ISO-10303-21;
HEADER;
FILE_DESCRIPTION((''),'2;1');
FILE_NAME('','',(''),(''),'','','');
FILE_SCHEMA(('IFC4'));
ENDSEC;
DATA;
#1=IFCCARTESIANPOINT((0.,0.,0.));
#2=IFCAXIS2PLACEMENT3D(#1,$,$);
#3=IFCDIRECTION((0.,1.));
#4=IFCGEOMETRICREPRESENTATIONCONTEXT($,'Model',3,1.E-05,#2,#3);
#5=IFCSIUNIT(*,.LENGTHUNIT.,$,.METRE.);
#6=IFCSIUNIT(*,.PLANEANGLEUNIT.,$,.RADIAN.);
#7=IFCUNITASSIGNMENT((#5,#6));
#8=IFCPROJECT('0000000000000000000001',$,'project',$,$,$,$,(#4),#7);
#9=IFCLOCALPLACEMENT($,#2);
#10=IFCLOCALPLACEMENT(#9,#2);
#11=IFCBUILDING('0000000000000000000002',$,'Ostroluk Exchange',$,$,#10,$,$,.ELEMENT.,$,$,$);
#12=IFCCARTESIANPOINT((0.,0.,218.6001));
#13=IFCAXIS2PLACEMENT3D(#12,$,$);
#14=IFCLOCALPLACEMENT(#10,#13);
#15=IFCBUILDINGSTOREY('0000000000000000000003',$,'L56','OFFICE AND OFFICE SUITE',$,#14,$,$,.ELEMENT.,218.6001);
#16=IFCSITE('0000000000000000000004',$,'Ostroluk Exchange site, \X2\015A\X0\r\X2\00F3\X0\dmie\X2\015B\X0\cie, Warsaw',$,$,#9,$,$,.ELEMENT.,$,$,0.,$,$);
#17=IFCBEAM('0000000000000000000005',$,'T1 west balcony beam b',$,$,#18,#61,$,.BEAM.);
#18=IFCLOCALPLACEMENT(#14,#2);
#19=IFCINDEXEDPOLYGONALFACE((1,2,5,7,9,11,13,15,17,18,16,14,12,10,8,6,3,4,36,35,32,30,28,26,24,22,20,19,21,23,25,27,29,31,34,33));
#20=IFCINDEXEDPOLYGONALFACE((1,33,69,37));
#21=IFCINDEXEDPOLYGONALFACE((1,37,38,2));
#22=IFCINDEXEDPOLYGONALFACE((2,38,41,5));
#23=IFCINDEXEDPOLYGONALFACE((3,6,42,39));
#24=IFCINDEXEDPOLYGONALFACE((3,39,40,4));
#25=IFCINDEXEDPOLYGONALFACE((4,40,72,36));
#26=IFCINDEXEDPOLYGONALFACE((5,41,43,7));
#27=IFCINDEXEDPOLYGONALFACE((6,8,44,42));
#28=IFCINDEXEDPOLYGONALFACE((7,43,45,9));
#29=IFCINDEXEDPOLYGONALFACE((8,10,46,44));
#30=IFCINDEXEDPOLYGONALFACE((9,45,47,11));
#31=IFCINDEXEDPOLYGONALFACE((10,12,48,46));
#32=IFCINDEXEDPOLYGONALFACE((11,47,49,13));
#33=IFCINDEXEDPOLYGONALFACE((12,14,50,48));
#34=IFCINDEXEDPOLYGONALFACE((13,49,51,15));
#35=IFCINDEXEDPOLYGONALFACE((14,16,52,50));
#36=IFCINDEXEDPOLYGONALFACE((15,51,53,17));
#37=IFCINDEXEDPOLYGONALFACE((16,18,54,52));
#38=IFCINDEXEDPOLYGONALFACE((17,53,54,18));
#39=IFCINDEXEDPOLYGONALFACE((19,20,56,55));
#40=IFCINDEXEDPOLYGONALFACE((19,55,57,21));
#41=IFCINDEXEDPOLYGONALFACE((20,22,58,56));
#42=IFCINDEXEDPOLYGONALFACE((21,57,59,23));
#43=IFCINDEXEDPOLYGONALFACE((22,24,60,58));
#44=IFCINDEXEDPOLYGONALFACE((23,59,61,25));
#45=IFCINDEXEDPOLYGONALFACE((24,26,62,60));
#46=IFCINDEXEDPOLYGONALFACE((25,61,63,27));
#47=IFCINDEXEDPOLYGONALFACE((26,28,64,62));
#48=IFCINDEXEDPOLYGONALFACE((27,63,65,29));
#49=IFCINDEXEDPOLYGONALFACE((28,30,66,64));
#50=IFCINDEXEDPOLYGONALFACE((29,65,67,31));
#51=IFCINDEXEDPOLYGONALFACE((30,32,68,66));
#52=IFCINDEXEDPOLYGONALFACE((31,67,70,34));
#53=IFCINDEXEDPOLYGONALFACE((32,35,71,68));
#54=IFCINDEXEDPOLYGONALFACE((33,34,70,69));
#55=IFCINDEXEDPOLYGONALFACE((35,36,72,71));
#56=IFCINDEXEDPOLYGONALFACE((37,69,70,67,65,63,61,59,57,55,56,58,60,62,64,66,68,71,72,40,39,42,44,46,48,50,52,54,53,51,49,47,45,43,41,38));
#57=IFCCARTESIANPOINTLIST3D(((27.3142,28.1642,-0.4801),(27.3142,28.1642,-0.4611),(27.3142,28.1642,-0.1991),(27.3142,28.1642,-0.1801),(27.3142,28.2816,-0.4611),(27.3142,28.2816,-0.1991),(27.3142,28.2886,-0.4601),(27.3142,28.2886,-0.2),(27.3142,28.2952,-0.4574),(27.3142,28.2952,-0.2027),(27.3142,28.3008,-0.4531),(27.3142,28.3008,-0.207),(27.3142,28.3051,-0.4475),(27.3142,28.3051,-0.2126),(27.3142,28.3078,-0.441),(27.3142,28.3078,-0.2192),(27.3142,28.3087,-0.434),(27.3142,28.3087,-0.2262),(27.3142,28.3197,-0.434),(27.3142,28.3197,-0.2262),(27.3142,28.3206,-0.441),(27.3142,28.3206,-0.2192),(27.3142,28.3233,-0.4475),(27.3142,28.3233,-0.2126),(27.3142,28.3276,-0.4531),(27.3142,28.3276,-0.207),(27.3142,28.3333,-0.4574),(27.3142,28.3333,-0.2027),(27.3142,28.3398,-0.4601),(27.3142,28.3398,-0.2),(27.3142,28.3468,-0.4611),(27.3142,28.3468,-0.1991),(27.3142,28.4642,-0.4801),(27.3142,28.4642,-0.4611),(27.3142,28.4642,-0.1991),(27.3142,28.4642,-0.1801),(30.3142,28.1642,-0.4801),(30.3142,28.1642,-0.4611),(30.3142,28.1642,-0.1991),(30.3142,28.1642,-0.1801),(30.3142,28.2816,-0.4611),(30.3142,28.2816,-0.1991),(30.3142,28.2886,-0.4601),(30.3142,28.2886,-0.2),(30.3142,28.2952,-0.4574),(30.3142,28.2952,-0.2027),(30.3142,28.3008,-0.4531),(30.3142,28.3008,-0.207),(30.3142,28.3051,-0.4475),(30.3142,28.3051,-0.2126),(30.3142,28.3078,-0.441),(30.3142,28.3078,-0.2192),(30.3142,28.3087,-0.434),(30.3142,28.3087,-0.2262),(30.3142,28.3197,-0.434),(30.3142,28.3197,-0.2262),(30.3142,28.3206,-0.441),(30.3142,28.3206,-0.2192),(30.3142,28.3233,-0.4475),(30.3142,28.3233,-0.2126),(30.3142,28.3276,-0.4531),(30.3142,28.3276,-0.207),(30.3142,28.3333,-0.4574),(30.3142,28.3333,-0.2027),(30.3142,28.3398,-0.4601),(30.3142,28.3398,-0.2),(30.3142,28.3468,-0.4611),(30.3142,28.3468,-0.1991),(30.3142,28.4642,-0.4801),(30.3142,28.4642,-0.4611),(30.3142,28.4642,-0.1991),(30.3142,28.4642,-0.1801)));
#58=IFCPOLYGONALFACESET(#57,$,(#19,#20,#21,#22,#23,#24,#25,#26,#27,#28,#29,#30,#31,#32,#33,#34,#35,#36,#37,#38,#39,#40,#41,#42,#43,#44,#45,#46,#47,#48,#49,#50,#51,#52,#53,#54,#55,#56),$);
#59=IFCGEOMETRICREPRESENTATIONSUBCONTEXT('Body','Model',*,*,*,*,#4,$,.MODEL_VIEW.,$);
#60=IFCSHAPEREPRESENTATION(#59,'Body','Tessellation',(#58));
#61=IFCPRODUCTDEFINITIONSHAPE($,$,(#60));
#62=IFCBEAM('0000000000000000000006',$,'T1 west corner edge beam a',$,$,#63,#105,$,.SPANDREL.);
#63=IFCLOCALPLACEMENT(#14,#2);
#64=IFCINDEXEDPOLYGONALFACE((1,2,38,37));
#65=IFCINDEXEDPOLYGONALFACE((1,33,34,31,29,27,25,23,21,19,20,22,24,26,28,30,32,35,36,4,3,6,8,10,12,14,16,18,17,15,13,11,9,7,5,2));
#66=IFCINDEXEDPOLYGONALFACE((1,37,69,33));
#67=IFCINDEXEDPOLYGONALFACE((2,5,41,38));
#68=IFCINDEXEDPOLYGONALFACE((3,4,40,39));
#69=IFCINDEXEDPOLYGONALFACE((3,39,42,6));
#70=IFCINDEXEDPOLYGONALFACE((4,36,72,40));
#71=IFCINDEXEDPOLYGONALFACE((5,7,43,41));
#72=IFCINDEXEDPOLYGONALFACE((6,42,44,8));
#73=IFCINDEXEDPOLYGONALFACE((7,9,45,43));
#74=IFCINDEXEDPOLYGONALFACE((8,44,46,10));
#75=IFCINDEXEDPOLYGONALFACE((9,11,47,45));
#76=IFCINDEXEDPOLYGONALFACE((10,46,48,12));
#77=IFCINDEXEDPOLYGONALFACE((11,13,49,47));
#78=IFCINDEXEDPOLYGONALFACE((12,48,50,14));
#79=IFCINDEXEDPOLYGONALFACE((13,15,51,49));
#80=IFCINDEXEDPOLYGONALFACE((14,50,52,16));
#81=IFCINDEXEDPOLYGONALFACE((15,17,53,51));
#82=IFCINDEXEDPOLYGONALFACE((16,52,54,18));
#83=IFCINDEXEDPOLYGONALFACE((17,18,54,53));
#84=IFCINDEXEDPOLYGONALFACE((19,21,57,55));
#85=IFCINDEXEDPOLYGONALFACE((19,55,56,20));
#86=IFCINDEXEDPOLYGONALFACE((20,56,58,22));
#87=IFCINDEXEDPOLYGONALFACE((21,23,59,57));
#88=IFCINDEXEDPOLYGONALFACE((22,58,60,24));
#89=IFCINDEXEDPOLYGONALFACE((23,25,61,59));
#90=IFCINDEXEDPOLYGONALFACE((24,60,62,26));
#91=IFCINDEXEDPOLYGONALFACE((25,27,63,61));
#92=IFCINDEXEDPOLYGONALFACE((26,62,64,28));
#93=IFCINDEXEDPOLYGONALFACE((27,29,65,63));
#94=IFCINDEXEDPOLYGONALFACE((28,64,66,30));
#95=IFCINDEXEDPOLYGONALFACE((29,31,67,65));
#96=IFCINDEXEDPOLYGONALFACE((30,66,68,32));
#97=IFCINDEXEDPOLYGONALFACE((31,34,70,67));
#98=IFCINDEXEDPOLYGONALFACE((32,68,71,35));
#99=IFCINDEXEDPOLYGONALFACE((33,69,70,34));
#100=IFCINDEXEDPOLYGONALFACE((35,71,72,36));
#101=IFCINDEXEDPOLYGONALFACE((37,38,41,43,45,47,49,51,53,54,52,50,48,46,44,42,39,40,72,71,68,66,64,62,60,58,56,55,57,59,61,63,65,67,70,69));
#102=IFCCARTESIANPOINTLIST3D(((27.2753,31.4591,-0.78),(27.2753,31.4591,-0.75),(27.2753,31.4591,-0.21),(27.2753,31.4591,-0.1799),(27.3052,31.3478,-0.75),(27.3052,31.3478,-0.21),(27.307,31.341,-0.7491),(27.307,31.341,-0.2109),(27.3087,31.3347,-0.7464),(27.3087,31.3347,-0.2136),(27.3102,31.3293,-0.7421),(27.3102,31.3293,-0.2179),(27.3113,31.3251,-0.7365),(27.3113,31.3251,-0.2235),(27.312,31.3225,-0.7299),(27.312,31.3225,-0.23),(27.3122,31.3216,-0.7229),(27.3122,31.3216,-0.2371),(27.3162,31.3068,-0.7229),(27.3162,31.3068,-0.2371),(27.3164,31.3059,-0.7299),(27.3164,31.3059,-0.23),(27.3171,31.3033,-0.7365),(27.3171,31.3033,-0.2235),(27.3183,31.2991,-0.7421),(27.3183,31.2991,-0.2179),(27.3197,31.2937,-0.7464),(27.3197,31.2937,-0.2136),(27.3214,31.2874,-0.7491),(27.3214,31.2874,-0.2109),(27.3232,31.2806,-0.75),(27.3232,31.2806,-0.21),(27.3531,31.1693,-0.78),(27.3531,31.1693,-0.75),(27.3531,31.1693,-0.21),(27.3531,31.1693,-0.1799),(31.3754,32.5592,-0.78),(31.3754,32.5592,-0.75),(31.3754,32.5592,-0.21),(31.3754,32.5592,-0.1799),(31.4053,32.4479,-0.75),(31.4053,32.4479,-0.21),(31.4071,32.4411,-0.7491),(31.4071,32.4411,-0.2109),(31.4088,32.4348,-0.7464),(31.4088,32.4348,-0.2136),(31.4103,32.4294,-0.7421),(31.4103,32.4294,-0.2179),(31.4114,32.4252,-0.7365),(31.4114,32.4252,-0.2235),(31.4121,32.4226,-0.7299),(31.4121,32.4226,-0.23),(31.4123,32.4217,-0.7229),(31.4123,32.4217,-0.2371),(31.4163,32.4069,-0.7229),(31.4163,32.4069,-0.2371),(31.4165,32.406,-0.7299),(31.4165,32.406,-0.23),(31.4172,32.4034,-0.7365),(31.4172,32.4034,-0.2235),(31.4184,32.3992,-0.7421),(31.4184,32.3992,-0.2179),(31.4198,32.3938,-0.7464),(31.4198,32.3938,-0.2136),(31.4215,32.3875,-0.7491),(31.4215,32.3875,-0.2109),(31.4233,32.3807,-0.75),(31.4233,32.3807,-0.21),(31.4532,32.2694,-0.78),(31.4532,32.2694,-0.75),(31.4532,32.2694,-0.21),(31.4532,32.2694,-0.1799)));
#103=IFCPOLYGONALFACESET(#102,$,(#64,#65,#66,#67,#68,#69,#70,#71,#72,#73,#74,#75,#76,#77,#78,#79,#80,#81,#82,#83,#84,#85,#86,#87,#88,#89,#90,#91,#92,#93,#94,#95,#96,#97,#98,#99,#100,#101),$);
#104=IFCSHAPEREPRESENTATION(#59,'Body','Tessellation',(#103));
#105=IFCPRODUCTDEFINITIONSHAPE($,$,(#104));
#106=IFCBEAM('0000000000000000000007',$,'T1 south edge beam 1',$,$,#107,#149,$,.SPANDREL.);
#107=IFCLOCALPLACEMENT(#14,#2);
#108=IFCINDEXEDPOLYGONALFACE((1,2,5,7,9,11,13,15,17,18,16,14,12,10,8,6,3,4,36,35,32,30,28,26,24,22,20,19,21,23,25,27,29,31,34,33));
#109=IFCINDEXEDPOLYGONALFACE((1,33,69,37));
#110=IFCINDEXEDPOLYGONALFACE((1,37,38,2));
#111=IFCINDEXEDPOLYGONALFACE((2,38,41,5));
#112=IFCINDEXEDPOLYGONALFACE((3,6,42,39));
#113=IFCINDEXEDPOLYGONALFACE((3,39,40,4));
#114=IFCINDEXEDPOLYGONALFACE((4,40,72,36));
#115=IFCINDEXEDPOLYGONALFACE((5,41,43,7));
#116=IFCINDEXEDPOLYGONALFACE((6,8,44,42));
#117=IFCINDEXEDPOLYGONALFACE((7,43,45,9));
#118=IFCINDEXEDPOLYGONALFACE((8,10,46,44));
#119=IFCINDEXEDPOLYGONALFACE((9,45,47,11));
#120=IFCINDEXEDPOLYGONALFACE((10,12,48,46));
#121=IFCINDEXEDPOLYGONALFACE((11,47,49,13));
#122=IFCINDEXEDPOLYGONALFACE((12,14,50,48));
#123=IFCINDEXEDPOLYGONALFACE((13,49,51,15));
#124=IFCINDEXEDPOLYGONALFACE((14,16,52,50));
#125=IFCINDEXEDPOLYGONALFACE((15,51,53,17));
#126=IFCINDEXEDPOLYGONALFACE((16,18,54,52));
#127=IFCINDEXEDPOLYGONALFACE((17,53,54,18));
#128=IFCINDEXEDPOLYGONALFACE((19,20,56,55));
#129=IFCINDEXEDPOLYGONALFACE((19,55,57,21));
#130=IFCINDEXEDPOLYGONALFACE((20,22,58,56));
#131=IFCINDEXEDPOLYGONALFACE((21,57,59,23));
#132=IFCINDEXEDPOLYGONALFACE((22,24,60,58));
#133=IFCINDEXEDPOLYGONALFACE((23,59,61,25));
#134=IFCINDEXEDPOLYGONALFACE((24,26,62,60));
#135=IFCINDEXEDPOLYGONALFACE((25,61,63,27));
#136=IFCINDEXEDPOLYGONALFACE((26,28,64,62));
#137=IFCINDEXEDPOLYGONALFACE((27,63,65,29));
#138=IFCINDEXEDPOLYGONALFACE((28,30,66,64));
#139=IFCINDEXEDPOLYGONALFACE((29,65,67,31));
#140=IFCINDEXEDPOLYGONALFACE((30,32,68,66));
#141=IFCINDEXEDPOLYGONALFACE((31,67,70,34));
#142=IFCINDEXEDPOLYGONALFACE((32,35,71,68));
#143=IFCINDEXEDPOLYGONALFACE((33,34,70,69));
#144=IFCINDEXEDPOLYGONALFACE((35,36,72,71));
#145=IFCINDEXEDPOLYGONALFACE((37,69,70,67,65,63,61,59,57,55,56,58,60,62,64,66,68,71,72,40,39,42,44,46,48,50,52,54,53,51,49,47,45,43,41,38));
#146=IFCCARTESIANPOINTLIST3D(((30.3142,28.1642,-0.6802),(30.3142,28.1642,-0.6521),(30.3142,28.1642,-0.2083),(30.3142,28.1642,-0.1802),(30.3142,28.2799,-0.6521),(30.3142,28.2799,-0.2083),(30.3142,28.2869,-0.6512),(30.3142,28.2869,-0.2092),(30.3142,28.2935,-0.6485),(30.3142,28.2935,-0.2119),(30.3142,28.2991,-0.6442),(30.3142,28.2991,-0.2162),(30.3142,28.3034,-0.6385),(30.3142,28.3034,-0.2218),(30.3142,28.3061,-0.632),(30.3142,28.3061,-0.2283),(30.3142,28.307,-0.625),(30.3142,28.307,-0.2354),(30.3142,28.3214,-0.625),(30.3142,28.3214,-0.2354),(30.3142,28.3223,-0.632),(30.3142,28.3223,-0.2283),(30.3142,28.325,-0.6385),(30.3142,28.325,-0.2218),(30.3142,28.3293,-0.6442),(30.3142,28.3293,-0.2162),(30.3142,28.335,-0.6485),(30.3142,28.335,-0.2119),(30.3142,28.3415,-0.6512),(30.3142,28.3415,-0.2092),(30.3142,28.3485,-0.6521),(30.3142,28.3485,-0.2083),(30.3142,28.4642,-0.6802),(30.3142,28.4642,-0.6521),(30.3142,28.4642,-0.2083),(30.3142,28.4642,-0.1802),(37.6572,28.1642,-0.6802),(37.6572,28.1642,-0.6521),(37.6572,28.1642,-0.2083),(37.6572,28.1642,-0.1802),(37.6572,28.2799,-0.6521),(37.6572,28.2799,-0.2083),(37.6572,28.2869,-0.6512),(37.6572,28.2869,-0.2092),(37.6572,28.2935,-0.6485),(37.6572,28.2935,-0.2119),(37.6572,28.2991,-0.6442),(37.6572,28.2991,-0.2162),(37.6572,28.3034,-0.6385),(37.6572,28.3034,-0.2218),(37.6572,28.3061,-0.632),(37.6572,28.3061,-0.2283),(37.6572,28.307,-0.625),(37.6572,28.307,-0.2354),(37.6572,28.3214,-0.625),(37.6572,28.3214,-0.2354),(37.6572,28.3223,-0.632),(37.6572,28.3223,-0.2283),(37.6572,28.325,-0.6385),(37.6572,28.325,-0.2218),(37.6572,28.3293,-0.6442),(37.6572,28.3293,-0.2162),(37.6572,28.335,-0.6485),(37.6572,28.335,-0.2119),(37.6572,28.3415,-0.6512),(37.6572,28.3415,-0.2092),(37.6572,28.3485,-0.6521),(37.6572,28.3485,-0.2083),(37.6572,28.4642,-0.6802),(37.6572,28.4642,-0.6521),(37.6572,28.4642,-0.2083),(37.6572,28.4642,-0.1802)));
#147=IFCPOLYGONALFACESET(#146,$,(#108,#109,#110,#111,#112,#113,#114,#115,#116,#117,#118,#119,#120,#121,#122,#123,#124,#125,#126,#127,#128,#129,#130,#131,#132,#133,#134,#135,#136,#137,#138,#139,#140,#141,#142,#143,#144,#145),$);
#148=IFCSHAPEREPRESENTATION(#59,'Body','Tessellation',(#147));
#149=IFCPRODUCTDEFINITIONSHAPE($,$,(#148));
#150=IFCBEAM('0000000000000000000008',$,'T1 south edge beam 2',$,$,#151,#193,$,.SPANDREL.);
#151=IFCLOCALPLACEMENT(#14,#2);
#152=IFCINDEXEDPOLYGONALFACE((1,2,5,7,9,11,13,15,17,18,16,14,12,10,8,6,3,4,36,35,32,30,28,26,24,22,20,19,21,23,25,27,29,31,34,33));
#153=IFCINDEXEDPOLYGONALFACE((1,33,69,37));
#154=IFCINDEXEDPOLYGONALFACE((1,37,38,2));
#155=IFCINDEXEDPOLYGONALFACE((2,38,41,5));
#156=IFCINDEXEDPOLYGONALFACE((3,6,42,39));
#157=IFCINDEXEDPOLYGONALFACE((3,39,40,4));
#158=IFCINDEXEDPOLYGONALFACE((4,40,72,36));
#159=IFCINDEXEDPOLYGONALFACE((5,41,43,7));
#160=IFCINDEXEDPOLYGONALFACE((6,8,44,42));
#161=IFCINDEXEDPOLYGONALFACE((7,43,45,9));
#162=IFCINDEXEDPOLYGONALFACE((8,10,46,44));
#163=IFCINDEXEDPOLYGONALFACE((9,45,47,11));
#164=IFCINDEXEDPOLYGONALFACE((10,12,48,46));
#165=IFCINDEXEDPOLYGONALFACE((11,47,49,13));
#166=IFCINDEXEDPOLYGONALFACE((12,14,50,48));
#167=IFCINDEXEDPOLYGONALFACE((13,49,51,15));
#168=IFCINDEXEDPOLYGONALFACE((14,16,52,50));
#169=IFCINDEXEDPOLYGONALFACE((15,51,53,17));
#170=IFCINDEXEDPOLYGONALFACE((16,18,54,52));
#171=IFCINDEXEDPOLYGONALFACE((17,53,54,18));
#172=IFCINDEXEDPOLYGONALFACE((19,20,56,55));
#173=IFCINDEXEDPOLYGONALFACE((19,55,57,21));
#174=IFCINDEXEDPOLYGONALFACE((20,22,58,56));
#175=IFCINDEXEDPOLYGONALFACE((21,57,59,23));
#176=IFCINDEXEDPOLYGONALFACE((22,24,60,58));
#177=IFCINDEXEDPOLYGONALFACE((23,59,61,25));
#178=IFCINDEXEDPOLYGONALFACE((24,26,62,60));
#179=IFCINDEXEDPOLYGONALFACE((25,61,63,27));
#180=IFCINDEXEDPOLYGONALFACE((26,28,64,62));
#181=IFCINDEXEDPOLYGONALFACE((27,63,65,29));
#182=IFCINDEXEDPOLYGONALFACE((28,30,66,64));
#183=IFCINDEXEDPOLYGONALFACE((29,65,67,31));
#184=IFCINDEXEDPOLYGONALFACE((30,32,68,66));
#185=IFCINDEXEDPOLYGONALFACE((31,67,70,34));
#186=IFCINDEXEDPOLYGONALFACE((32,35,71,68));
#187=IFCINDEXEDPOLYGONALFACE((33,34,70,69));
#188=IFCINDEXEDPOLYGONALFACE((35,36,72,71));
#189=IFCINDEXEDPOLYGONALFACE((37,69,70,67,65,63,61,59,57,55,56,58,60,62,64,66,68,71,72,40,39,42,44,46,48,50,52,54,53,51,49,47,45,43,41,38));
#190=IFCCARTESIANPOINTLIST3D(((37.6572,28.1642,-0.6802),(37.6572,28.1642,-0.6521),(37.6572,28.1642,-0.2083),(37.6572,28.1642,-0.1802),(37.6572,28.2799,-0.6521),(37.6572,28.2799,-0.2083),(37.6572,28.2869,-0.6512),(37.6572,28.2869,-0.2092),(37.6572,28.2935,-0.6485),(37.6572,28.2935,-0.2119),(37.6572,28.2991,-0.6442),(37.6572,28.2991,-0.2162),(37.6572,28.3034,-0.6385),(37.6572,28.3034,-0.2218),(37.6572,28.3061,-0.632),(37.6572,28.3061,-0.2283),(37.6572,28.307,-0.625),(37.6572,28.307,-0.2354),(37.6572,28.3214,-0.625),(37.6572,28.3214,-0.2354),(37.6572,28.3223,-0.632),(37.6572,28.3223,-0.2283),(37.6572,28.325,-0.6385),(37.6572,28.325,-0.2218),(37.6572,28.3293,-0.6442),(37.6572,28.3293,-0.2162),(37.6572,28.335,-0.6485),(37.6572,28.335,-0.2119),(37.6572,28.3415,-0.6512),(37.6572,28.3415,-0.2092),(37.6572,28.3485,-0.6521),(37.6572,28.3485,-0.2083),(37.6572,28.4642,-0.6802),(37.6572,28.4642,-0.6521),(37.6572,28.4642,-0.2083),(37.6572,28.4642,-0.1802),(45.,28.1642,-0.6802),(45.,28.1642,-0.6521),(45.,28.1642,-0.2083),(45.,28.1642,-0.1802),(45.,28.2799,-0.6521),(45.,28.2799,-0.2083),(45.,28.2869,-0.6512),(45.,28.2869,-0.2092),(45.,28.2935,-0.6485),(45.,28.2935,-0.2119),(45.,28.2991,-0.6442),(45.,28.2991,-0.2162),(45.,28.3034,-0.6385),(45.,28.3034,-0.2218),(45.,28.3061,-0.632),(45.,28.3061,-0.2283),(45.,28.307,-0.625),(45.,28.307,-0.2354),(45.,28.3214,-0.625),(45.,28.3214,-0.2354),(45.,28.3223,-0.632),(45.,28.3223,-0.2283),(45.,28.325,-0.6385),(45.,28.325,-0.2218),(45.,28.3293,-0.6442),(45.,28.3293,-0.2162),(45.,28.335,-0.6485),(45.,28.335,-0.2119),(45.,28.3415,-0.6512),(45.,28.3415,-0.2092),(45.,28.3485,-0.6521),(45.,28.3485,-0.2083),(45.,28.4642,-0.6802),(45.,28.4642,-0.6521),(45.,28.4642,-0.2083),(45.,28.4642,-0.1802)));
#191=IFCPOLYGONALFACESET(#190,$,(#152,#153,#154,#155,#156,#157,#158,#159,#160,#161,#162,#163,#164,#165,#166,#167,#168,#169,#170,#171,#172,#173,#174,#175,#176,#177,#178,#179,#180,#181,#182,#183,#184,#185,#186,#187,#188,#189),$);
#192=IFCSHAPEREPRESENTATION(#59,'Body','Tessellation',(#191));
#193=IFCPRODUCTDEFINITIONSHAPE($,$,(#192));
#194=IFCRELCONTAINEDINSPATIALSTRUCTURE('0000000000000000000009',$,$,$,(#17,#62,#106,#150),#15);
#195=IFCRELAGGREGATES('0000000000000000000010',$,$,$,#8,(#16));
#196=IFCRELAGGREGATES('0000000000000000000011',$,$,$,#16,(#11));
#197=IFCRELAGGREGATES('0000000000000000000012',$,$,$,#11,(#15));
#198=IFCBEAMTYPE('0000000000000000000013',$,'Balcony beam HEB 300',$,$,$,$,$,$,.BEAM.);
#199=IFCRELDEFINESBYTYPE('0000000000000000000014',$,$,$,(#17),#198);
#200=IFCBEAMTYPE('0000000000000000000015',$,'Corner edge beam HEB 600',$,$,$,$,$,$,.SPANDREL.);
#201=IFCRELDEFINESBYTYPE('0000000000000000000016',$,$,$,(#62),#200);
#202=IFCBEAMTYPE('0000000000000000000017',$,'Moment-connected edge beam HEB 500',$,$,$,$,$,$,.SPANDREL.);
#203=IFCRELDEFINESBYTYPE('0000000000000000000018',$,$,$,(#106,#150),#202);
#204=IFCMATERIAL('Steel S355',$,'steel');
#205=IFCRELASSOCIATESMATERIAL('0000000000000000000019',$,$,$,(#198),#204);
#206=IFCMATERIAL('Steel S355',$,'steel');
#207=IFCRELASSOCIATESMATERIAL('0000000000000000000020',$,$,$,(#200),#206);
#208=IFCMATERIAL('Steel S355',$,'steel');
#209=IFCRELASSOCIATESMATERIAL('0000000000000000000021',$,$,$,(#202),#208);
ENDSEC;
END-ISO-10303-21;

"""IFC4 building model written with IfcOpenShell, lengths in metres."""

from ifc_helpers import new_model, si_unit, direction, frame, origin, origin_2d, place, context, subcontext, project, spatial, i_section, extrude, material, material_profile, profile_set, type_object, element, save


model = new_model("IFC4")

# Units and contexts
model_context = context("Model", 3, precision=1e-05, world=origin(), true_north=direction((0.0, 1.0)))
body_context = subcontext(model_context, "Body", "Model", "MODEL_VIEW")
ifc_project = project(units=[si_unit("LENGTHUNIT", "METRE"), si_unit("PLANEANGLEUNIT", "RADIAN")], contexts=[model_context])

# Site, building, storey
site_placement = place(None, origin())
site = spatial("IfcSite", under=ifc_project, at=site_placement, Name="Ostroluk Exchange site, Śródmieście, Warsaw", CompositionType="ELEMENT", RefElevation=0.0)
building_placement = place(site_placement, origin())
building = spatial("IfcBuilding", under=site, at=building_placement, Name="Ostroluk Exchange", CompositionType="ELEMENT")
storey_placement = place(building_placement, frame((0.0, 0.0, 218.6001)))
storey = spatial("IfcBuildingStorey", under=building, at=storey_placement, Name="L56", Description="OFFICE AND OFFICE SUITE", CompositionType="ELEMENT", Elevation=218.6001)

# Beams
ifc_material_1 = material(Name="Steel S355", Category="steel")
ifc_material_profile_1 = material_profile(ifc_material_1, i_section(OverallWidth=0.3, OverallDepth=0.3, WebThickness=0.011, FlangeThickness=0.019, FilletRadius=0.0271, at=origin_2d()), Name="HEB 300")
ifc_profile_set_1 = profile_set([ifc_material_profile_1], Name="Steel S355")
beam_type_1 = type_object("IfcBeamType", Name="Balcony beam HEB 300", PredefinedType="BEAM", material=ifc_profile_set_1)
beam_1_placement = place(storey_placement, frame((30.3142, 28.3142, -0.3301), z_axis=(-1.0, 0.0, 0.0), x_axis=(0.0, -1.0, 0.0)))
element("IfcBeam", 1, at=beam_1_placement, inside=storey, type_object=beam_type_1, Name="T1 west balcony beam b", PredefinedType="BEAM", context=body_context, shape_type="SweptSolid", body=[
    extrude(i_section(OverallWidth=0.3, OverallDepth=0.3, WebThickness=0.011, FlangeThickness=0.019, FilletRadius=0.0271, at=origin_2d()), origin(), (0.0, 0.0, 1.0), 3.0),
])
ifc_material_2 = material(Name="Steel S355", Category="steel")
ifc_material_profile_2 = material_profile(ifc_material_2, i_section(OverallWidth=0.3, OverallDepth=0.6001, WebThickness=0.0154, FlangeThickness=0.03, FilletRadius=0.0271, at=origin_2d()), Name="HEB 600")
ifc_profile_set_2 = profile_set([ifc_material_profile_2], Name="Steel S355")
beam_type_2 = type_object("IfcBeamType", Name="Corner edge beam HEB 600", PredefinedType="SPANDREL", material=ifc_profile_set_2)
beam_2_placement = place(storey_placement, frame((31.4143, 32.4143, -0.48), z_axis=(-0.965839, -0.259144, 0.0), x_axis=(0.259144, -0.965839, 0.0)))
element("IfcBeam", 2, at=beam_2_placement, inside=storey, type_object=beam_type_2, Name="T1 west corner edge beam a", PredefinedType="SPANDREL", context=body_context, shape_type="SweptSolid", body=[
    extrude(i_section(OverallWidth=0.3, OverallDepth=0.6001, WebThickness=0.0154, FlangeThickness=0.03, FilletRadius=0.0271, at=origin_2d()), origin(), (0.0, 0.0, 1.0), 4.2451),
])
ifc_material_3 = material(Name="Steel S355", Category="steel")
ifc_material_profile_3 = material_profile(ifc_material_3, i_section(OverallWidth=0.3, OverallDepth=0.5, WebThickness=0.0144, FlangeThickness=0.0281, FilletRadius=0.0271, at=origin_2d()), Name="HEB 500")
ifc_profile_set_3 = profile_set([ifc_material_profile_3], Name="Steel S355")
beam_type_3 = type_object("IfcBeamType", Name="Moment-connected edge beam HEB 500", PredefinedType="SPANDREL", material=ifc_profile_set_3)
beam_3_placement = place(storey_placement, frame((30.3142, 28.3142, -0.4302), z_axis=(1.0, 0.0, 0.0), x_axis=(0.0, 1.0, 0.0)))
element("IfcBeam", 3, at=beam_3_placement, inside=storey, type_object=beam_type_3, Name="T1 south edge beam 1", PredefinedType="SPANDREL", context=body_context, shape_type="SweptSolid", body=[
    extrude(i_section(OverallWidth=0.3, OverallDepth=0.5, WebThickness=0.0144, FlangeThickness=0.0281, FilletRadius=0.0271, at=origin_2d()), origin(), (0.0, 0.0, 1.0), 7.343),
])
beam_4_placement = place(storey_placement, frame((37.6572, 28.3142, -0.4302), z_axis=(1.0, 0.0, 0.0), x_axis=(0.0, 1.0, 0.0)))
element("IfcBeam", 4, at=beam_4_placement, inside=storey, type_object=beam_type_3, Name="T1 south edge beam 2", PredefinedType="SPANDREL", context=body_context, shape_type="SweptSolid", body=[
    extrude(i_section(OverallWidth=0.3, OverallDepth=0.5, WebThickness=0.0144, FlangeThickness=0.0281, FilletRadius=0.0271, at=origin_2d()), origin(), (0.0, 0.0, 1.0), 7.3428),
])

save(model, "model.ifc")
